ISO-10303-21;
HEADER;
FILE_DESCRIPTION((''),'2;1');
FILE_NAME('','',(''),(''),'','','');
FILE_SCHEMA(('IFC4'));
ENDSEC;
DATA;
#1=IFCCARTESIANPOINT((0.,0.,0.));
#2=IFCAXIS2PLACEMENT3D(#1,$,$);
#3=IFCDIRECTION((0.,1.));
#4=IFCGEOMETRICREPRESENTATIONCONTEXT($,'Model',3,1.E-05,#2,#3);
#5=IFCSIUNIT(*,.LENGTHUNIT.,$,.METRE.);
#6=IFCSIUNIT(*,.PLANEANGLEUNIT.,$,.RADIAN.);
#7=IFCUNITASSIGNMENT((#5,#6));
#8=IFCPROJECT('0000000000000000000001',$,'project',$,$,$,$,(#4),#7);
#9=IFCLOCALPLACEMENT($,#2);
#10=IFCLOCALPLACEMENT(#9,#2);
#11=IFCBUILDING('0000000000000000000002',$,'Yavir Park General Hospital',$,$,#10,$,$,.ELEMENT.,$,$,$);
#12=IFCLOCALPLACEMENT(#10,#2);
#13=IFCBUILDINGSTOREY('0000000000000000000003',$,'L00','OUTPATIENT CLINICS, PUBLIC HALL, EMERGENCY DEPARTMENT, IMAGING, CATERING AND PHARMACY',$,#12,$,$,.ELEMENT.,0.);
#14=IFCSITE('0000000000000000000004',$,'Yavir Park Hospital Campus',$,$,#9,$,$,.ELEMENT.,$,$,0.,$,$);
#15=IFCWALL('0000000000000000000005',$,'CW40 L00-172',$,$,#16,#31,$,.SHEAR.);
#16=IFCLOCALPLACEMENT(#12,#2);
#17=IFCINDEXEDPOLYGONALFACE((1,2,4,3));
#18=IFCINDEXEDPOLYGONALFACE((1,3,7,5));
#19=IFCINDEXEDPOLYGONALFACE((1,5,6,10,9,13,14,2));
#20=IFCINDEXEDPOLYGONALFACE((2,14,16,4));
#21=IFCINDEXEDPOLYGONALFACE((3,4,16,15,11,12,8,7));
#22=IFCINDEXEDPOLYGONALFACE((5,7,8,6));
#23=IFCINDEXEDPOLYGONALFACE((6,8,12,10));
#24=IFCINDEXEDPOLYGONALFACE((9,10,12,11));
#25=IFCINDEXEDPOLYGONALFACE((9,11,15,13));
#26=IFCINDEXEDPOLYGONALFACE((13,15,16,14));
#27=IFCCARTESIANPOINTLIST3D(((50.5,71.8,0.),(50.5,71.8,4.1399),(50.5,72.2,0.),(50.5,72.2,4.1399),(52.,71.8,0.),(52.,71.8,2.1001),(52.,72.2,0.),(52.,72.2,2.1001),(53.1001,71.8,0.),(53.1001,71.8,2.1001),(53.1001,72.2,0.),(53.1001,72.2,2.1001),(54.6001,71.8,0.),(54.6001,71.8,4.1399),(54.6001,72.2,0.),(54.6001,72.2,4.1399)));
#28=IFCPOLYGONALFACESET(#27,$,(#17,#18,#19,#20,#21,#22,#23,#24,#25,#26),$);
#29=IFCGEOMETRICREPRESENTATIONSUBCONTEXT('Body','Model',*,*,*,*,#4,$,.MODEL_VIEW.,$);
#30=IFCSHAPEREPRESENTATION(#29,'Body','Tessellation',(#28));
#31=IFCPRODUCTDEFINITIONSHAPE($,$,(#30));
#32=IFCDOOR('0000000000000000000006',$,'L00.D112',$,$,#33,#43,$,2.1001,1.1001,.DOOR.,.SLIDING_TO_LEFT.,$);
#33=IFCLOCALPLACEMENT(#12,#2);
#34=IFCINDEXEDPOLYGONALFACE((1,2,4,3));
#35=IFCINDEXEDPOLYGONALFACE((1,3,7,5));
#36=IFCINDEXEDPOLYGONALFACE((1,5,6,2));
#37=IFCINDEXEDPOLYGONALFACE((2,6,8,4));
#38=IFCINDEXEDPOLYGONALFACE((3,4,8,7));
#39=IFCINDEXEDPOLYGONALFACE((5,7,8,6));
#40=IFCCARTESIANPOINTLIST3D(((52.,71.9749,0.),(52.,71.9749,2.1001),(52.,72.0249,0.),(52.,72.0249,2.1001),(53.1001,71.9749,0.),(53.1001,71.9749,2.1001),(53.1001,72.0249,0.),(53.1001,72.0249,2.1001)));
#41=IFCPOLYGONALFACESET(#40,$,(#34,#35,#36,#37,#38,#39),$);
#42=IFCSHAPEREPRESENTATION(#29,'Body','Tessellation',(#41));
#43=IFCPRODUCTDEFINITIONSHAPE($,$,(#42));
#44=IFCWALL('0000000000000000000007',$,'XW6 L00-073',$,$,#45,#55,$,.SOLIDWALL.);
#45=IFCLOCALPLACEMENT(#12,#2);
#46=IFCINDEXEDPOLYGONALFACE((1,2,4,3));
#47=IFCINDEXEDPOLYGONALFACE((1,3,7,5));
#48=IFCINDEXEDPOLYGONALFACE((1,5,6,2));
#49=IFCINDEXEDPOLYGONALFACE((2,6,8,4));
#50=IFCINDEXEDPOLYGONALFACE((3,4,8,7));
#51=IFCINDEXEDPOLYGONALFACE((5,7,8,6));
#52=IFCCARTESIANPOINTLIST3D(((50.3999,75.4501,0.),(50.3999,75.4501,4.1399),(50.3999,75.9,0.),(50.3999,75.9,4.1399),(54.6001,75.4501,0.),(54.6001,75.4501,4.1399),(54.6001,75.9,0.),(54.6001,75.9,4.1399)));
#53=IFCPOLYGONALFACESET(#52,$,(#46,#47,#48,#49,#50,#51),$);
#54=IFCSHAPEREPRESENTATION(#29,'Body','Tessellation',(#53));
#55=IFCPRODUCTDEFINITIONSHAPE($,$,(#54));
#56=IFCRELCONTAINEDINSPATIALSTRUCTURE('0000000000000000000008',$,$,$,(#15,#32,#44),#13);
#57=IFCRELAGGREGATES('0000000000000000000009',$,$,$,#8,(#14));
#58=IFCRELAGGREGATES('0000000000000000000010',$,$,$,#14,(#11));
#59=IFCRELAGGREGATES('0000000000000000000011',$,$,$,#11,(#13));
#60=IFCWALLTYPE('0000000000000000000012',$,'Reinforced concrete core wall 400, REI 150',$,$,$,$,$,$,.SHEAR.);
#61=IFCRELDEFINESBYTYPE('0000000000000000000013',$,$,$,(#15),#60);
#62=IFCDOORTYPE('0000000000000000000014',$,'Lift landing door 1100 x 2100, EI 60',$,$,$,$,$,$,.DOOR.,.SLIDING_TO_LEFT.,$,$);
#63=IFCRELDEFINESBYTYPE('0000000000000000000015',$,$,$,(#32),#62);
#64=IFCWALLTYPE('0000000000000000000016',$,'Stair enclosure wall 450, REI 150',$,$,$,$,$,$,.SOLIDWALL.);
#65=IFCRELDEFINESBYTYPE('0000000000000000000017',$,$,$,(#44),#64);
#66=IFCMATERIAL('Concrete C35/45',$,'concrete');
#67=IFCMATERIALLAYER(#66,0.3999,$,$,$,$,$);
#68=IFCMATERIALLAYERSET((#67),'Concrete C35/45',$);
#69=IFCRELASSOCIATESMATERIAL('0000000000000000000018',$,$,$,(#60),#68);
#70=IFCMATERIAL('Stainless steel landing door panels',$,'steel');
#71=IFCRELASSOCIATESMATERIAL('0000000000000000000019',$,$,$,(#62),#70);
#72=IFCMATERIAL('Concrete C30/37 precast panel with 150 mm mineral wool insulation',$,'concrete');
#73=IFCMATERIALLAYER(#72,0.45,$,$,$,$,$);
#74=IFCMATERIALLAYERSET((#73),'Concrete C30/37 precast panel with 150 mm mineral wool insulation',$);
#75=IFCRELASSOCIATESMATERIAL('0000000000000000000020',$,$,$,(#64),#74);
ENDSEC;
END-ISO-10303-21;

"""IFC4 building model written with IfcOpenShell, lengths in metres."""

from ifc_helpers import new_model, si_unit, direction, frame, frame_2d, origin, place, context, subcontext, project, spatial, rectangle, extrude, material, layer, layer_set, type_object, element, fill, save


model = new_model("IFC4")

# Units and contexts
model_context = context("Model", 3, precision=1e-05, world=origin(), true_north=direction((0.0, 1.0)))
body_context = subcontext(model_context, "Body", "Model", "MODEL_VIEW")
ifc_project = project(units=[si_unit("LENGTHUNIT", "METRE"), si_unit("PLANEANGLEUNIT", "RADIAN")], contexts=[model_context])

# Site, building, storey
site_placement = place(None, origin())
site = spatial("IfcSite", under=ifc_project, at=site_placement, Name="Yavir Park Hospital Campus", CompositionType="ELEMENT", RefElevation=0.0)
building_placement = place(site_placement, origin())
building = spatial("IfcBuilding", under=site, at=building_placement, Name="Yavir Park General Hospital", CompositionType="ELEMENT")
storey_placement = place(building_placement, origin())
storey = spatial("IfcBuildingStorey", under=building, at=storey_placement, Name="L00", Description="OUTPATIENT CLINICS, PUBLIC HALL, EMERGENCY DEPARTMENT, IMAGING, CATERING AND PHARMACY", CompositionType="ELEMENT", Elevation=0.0)

# Wall, opening, door
ifc_material_1 = material(Name="Concrete C35/45", Category="concrete")
ifc_layer_1 = layer(ifc_material_1, 0.3999)
ifc_layer_set_1 = layer_set([ifc_layer_1], Name="Concrete C35/45")
wall_type_1 = type_object("IfcWallType", Name="Reinforced concrete core wall 400, REI 150", PredefinedType="SHEAR", material=ifc_layer_set_1)
wall_1_placement = place(storey_placement, frame((50.5, 72.0, 0.0), z_axis=(0.0, 0.0, 1.0), x_axis=(1.0, 0.0, 0.0)))
wall_1 = element("IfcWall", 1, at=wall_1_placement, inside=storey, type_object=wall_type_1, Name="CW40 L00-172", PredefinedType="SHEAR", context=body_context, shape_type="SweptSolid", body=[
    extrude(rectangle(XDim=4.1001, YDim=0.3999, at=frame_2d((2.05, 0.0))), origin(), (0.0, 0.0, 1.0), 4.1399),
])
opening_1_placement = place(wall_1_placement, frame((1.5, 0.0, 0.0)))
opening_1 = element("IfcOpeningElement", 2, at=opening_1_placement, cuts=wall_1, PredefinedType="OPENING", context=body_context, shape_type="SweptSolid", body=[
    extrude(rectangle(XDim=1.1001, YDim=2.1001, at=frame_2d((0.55, 1.05))), frame((0.0, 0.21, 0.0), z_axis=(0.0, -1.0, 0.0), x_axis=(1.0, 0.0, 0.0)), (0.0, 0.0, 1.0), 0.4199),
])
ifc_material_2 = material(Name="Stainless steel landing door panels", Category="steel")
door_type_1 = type_object("IfcDoorType", Name="Lift landing door 1100 x 2100, EI 60", OperationType="SLIDING_TO_LEFT", PredefinedType="DOOR", material=ifc_material_2)
door_1_placement = place(opening_1_placement, origin())
door_1 = element("IfcDoor", 3, at=door_1_placement, inside=storey, type_object=door_type_1, Name="L00.D112", OperationType="SLIDING_TO_LEFT", OverallHeight=2.1001, OverallWidth=1.1001, PredefinedType="DOOR", context=body_context, shape_type="SweptSolid", body=[
    extrude(rectangle(XDim=1.1001, YDim=2.1001, at=frame_2d((0.55, 1.05))), frame((0.0, 0.0249, 0.0), z_axis=(0.0, -1.0, 0.0), x_axis=(1.0, 0.0, 0.0)), (0.0, 0.0, 1.0), 0.05),
])
fill(opening_1, door_1)

# Wall
ifc_material_3 = material(Name="Concrete C30/37 precast panel with 150 mm mineral wool insulation", Category="concrete")
ifc_layer_2 = layer(ifc_material_3, 0.45)
ifc_layer_set_2 = layer_set([ifc_layer_2], Name="Concrete C30/37 precast panel with 150 mm mineral wool insulation")
wall_type_2 = type_object("IfcWallType", Name="Stair enclosure wall 450, REI 150", PredefinedType="SOLIDWALL", material=ifc_layer_set_2)
wall_2_placement = place(storey_placement, frame((50.3999, 75.675, 0.0), z_axis=(0.0, 0.0, 1.0), x_axis=(1.0, 0.0, 0.0)))
element("IfcWall", 4, at=wall_2_placement, inside=storey, type_object=wall_type_2, Name="XW6 L00-073", PredefinedType="SOLIDWALL", context=body_context, shape_type="SweptSolid", body=[
    extrude(rectangle(XDim=4.2002, YDim=0.45, at=frame_2d((2.1001, 0.0))), origin(), (0.0, 0.0, 1.0), 4.1399),
])

save(model, "model.ifc")
